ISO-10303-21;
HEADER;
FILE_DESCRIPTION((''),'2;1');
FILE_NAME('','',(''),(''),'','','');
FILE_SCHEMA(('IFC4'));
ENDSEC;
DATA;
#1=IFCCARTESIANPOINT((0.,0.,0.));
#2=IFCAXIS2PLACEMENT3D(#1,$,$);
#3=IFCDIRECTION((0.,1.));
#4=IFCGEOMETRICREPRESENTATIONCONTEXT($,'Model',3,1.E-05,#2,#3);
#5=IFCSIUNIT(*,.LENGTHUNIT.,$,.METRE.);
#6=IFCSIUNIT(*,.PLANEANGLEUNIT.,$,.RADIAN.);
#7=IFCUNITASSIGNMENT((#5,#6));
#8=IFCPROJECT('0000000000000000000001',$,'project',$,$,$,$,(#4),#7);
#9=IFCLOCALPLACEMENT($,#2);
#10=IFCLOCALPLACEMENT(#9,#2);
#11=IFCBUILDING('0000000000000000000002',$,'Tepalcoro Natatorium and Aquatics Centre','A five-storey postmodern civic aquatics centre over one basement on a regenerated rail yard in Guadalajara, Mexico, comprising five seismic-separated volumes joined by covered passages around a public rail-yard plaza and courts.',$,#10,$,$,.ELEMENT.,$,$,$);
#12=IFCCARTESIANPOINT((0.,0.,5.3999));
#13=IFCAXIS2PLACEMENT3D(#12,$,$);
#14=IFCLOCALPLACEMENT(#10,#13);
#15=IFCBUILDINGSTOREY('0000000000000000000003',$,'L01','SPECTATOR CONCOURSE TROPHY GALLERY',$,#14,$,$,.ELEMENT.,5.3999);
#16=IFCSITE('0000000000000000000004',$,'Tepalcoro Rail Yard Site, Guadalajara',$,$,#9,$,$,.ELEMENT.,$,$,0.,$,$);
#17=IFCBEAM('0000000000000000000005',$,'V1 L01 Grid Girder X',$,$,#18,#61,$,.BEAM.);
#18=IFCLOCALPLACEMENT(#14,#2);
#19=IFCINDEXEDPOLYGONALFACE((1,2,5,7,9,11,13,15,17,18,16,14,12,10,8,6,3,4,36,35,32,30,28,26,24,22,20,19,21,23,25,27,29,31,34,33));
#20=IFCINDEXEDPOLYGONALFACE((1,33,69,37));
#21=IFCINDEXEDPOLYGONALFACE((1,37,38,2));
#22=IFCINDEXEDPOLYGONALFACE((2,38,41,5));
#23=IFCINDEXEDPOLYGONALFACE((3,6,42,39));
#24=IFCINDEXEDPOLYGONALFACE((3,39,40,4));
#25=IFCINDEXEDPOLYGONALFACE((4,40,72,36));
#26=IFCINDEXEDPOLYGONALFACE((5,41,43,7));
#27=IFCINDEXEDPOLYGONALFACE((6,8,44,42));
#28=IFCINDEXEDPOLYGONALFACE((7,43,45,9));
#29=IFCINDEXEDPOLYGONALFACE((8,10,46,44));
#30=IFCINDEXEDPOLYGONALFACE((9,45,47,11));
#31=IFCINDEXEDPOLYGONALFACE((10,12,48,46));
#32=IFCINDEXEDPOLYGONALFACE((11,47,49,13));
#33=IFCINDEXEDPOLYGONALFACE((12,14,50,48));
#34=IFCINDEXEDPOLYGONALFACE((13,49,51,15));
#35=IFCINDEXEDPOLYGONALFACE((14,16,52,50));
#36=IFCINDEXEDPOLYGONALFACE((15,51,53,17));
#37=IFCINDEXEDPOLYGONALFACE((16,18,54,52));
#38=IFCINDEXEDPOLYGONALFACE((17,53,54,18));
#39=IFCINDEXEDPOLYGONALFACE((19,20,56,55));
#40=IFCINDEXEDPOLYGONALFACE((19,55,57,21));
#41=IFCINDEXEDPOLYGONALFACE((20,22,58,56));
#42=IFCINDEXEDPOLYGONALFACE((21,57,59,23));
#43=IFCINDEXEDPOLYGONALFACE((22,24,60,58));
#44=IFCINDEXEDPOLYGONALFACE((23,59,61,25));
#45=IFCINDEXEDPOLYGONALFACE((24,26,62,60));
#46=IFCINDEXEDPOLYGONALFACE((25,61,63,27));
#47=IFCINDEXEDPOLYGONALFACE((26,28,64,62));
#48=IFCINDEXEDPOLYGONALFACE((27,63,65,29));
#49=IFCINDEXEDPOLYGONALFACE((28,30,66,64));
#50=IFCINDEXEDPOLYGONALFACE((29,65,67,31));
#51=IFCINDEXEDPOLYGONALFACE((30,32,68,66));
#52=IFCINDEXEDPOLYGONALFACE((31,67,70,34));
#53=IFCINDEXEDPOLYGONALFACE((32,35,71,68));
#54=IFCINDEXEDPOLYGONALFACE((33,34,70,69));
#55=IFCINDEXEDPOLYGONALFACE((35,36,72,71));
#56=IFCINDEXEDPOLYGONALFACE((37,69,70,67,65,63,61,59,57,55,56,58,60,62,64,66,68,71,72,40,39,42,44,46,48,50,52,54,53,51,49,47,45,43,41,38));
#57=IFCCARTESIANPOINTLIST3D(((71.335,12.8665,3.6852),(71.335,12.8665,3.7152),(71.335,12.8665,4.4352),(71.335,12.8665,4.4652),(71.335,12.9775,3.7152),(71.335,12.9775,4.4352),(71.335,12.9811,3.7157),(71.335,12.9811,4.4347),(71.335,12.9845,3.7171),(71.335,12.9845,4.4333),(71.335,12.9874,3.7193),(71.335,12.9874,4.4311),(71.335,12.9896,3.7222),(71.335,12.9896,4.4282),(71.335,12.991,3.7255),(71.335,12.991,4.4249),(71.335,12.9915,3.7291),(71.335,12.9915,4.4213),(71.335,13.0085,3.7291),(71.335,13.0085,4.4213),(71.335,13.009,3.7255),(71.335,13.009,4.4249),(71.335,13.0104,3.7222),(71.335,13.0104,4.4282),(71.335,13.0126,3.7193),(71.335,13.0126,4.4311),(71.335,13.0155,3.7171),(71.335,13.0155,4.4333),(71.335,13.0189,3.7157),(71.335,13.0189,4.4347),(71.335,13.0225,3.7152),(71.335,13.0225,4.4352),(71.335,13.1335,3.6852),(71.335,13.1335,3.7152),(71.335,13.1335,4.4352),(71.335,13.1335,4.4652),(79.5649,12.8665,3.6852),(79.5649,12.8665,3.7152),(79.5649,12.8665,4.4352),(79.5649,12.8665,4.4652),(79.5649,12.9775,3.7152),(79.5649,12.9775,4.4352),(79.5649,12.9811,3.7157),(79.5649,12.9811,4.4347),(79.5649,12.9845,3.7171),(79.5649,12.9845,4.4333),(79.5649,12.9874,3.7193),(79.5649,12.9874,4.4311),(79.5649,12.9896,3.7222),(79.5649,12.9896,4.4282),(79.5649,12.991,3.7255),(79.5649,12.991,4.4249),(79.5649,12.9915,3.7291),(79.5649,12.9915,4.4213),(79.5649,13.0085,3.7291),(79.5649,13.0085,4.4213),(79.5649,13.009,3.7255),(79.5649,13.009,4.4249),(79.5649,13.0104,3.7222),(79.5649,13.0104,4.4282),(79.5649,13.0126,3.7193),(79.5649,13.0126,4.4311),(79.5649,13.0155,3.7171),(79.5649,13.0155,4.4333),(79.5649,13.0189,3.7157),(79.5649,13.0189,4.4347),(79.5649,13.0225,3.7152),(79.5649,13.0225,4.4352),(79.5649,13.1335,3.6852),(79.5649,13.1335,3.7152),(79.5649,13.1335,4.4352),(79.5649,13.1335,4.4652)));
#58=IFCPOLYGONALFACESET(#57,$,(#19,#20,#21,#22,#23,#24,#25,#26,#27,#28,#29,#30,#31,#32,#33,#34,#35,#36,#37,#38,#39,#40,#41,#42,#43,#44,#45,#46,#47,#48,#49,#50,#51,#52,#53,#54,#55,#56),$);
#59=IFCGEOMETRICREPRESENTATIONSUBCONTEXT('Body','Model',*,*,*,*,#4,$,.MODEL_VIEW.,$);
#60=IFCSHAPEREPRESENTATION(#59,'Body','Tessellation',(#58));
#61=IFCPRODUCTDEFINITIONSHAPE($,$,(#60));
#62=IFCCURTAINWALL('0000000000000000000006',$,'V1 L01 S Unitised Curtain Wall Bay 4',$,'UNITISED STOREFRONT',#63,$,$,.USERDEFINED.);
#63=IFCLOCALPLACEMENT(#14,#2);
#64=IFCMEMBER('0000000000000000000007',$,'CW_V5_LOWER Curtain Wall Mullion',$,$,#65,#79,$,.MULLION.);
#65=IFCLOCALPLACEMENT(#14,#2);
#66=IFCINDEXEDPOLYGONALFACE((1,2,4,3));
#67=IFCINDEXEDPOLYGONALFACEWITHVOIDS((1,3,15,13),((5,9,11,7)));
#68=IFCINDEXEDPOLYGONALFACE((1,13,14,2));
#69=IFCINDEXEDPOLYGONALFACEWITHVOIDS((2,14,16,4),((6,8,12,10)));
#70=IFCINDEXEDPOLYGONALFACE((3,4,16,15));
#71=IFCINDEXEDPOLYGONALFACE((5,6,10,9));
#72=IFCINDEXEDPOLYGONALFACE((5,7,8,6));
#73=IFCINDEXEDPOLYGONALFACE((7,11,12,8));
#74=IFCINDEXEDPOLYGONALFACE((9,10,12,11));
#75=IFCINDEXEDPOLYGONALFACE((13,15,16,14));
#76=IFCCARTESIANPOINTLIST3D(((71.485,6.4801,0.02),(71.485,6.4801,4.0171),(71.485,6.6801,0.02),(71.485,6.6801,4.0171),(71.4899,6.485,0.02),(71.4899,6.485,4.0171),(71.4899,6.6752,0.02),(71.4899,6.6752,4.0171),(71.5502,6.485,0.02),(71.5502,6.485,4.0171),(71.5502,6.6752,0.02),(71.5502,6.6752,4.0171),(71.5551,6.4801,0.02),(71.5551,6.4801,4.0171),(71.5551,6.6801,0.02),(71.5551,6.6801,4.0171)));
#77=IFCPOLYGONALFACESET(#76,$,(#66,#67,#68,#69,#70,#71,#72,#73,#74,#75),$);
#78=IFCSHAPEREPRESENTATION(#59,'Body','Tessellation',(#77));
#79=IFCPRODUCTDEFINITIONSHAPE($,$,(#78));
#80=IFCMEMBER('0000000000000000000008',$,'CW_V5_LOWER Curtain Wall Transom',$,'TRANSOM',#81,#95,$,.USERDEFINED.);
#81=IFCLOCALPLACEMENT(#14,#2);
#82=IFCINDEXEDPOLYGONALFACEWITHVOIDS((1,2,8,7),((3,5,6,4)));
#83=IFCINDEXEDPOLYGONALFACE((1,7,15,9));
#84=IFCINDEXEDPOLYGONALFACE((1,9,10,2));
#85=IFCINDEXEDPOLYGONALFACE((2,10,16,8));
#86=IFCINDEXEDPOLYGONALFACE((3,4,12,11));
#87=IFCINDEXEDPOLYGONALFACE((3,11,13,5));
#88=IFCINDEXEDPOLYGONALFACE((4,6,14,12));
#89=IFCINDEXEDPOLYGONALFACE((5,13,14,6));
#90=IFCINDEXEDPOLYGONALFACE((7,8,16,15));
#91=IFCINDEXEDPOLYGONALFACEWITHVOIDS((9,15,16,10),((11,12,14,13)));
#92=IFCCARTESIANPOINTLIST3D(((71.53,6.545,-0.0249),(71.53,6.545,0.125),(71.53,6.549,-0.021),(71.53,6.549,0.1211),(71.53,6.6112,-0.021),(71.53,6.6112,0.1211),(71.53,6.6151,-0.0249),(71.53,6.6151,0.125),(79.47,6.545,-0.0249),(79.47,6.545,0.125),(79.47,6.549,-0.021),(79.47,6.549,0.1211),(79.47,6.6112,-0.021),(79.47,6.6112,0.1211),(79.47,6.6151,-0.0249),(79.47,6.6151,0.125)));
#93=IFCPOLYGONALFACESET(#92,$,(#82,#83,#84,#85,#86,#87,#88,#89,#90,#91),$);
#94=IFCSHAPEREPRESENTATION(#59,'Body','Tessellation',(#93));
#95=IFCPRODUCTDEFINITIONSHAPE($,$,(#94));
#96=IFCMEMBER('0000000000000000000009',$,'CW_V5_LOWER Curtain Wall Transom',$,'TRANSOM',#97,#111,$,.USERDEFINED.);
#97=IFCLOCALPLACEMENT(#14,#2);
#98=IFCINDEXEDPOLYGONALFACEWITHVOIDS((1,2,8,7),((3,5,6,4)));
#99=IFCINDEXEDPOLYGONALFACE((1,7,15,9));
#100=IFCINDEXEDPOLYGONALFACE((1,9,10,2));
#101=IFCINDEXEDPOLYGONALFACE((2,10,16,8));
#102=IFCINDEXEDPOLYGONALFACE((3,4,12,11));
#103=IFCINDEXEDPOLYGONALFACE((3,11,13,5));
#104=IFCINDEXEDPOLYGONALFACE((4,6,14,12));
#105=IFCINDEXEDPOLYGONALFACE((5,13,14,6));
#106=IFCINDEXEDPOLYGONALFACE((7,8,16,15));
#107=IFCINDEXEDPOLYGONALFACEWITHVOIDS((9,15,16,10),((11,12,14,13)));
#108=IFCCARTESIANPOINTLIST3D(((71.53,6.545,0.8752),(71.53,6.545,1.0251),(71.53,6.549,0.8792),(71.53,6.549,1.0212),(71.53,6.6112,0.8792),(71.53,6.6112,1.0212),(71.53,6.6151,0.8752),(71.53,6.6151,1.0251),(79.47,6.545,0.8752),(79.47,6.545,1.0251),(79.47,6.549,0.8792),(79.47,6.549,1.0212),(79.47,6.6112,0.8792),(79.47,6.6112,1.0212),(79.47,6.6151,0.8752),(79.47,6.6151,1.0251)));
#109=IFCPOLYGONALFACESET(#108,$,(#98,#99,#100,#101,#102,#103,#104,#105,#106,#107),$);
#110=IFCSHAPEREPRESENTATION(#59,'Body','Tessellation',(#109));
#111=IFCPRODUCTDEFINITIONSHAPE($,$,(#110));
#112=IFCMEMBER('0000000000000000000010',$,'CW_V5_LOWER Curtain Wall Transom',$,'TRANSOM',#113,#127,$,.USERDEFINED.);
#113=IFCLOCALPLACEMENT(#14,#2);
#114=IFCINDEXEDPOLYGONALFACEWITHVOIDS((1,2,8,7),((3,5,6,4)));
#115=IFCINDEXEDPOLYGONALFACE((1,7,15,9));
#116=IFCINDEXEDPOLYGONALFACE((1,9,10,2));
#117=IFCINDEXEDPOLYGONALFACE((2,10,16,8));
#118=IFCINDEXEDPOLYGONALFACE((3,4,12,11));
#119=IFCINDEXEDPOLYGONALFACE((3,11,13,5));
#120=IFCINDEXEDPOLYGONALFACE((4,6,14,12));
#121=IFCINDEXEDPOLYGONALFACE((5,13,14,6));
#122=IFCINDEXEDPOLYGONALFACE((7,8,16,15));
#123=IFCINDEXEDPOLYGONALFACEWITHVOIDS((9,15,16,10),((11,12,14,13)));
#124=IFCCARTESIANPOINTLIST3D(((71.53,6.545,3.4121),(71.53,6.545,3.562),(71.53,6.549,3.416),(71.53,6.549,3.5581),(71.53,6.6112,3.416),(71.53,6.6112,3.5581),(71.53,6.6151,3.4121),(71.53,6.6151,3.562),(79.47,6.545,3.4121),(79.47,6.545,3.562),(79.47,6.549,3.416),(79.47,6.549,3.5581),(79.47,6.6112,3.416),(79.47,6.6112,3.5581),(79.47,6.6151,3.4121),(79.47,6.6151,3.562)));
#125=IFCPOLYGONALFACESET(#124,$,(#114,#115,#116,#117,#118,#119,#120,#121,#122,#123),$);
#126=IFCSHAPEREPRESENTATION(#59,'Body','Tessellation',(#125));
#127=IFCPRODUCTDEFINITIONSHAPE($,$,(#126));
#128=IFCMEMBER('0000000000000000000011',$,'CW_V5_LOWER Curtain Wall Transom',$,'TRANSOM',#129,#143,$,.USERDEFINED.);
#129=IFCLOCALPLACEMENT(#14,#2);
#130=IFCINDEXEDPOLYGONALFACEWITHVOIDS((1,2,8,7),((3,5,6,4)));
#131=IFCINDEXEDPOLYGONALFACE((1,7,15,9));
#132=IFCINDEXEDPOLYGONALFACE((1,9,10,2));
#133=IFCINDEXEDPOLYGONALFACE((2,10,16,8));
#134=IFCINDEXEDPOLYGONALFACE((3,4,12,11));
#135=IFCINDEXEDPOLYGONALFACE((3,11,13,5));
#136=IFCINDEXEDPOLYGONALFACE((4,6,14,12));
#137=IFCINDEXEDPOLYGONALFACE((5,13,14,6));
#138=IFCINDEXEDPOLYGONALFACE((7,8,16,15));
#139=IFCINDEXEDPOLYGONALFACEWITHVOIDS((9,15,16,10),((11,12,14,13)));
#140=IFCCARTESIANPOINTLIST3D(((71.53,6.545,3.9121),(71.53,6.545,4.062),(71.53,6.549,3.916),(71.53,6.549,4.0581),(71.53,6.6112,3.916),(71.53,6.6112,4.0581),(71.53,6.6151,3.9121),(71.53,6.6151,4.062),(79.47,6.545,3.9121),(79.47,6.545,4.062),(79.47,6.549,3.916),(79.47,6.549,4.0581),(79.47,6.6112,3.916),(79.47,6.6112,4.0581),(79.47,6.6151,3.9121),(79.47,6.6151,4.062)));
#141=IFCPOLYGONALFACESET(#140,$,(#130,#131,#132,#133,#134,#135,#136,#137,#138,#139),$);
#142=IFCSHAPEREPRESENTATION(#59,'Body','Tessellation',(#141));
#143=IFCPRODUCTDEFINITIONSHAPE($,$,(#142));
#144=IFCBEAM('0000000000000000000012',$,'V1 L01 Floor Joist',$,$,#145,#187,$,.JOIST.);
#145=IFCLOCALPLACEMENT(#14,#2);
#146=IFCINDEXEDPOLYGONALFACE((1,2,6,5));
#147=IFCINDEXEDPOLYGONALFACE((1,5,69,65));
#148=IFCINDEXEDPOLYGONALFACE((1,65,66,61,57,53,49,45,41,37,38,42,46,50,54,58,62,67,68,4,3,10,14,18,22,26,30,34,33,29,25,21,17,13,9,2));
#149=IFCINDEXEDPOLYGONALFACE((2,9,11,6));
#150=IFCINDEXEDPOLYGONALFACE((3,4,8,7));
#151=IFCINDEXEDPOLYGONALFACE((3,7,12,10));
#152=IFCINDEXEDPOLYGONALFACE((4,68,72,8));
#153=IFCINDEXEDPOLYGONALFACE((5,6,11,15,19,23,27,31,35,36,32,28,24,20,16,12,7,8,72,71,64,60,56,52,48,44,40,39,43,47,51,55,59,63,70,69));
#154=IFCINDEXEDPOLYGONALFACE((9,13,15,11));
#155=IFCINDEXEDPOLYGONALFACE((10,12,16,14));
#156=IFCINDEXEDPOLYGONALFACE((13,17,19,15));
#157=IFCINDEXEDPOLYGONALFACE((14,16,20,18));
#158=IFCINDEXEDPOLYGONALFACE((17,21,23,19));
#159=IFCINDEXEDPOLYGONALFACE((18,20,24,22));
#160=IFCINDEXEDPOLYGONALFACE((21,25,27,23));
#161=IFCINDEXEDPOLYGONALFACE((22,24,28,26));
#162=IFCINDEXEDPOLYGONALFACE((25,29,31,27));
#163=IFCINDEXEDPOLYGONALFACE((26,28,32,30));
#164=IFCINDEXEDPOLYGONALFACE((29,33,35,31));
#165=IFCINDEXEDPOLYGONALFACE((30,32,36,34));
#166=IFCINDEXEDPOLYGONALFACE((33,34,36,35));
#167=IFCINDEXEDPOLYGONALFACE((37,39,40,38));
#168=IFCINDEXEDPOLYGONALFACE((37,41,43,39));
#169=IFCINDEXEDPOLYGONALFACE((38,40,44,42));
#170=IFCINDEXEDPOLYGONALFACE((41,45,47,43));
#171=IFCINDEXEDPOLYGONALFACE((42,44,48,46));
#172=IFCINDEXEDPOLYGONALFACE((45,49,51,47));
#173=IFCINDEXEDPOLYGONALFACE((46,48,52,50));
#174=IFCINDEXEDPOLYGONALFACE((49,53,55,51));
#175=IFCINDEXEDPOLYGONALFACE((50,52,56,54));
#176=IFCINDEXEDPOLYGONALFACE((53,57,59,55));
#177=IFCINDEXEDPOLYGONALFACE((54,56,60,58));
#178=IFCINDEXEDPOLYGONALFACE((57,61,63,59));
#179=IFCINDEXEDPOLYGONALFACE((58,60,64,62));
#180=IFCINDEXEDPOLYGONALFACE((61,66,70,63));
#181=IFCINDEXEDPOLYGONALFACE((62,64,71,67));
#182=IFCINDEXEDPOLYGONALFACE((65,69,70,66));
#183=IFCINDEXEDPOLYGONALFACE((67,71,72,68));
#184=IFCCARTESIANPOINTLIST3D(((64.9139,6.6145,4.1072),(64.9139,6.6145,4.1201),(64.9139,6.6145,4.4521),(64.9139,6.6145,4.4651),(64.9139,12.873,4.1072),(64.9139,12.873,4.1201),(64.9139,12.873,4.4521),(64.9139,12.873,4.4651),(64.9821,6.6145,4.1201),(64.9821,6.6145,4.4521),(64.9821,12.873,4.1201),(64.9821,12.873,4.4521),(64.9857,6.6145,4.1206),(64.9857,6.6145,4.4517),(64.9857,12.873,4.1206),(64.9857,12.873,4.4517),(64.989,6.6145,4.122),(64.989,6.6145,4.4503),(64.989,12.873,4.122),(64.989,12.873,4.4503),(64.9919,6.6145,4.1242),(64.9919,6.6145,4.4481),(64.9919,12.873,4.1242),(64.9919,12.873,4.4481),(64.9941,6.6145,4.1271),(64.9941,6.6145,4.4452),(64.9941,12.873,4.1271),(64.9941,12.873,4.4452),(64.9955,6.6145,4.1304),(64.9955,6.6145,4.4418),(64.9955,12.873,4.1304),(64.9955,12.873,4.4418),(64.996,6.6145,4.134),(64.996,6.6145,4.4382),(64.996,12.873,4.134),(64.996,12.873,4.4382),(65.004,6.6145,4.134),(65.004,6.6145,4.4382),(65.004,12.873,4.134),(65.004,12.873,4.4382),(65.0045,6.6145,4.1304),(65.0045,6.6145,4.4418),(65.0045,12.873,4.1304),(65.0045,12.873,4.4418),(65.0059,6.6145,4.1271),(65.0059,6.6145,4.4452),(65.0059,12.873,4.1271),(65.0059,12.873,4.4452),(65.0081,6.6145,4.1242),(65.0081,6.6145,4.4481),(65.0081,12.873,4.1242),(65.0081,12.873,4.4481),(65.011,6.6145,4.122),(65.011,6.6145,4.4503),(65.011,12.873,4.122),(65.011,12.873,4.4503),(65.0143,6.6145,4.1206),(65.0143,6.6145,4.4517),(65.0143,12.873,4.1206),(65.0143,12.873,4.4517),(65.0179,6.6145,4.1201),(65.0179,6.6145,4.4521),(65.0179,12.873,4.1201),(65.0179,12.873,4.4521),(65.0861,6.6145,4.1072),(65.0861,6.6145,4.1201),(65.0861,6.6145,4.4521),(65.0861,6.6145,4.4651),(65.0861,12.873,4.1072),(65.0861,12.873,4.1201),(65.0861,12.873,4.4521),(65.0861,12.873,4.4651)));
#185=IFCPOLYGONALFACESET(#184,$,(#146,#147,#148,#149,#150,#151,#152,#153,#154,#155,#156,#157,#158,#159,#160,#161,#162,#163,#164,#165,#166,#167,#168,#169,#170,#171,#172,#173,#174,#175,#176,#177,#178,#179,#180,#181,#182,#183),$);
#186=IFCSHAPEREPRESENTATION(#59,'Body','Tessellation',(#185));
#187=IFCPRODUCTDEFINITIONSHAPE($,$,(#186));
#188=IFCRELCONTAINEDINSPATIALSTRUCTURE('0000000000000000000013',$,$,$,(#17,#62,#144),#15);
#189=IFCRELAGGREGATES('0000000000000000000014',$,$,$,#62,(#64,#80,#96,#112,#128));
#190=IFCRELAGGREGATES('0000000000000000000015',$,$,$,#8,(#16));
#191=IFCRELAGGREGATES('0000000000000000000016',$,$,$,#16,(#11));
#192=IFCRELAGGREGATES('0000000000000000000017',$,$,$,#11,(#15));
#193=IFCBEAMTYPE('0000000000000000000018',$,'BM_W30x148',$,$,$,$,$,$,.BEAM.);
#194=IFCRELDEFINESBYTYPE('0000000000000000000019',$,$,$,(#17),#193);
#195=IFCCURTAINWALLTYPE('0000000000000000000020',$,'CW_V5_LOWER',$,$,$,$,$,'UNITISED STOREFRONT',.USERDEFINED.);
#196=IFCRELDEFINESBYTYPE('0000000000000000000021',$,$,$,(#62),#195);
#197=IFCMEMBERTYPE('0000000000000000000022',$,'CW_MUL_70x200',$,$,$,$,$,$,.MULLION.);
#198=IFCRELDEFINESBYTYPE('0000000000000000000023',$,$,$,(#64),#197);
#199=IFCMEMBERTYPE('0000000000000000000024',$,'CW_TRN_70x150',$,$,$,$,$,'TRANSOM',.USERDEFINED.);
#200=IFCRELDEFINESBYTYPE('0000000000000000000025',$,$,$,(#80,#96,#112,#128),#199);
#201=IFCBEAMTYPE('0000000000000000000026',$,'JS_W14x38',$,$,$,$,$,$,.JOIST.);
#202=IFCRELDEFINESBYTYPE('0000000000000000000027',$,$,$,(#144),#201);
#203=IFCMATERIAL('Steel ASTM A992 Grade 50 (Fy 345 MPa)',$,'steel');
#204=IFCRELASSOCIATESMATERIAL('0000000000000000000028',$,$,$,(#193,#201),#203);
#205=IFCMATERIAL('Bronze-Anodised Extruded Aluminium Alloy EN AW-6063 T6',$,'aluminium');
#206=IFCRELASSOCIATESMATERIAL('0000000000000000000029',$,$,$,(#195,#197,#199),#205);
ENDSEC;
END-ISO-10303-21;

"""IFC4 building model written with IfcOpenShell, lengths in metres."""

from ifc_helpers import new_model, si_unit, direction, frame, origin, origin_2d, place, context, subcontext, project, spatial, hollow_rectangle, i_section, extrude, material, material_profile, profile_set, type_object, element, aggregate, save


model = new_model("IFC4")

# Units and contexts
model_context = context("Model", 3, precision=1e-05, world=origin(), true_north=direction((0.0, 1.0)))
body_context = subcontext(model_context, "Body", "Model", "MODEL_VIEW")
ifc_project = project(units=[si_unit("LENGTHUNIT", "METRE"), si_unit("PLANEANGLEUNIT", "RADIAN")], contexts=[model_context])

# Site, building, storey
site_placement = place(None, origin())
site = spatial("IfcSite", under=ifc_project, at=site_placement, Name="Tepalcoro Rail Yard Site, Guadalajara", CompositionType="ELEMENT", RefElevation=0.0)
building_placement = place(site_placement, origin())
building = spatial("IfcBuilding", under=site, at=building_placement, Name="Tepalcoro Natatorium and Aquatics Centre", Description="A five-storey postmodern civic aquatics centre over one basement on a regenerated rail yard in Guadalajara, Mexico, comprising five seismic-separated volumes joined by covered passages around a public rail-yard plaza and courts.", CompositionType="ELEMENT")
storey_placement = place(building_placement, frame((0.0, 0.0, 5.3999)))
storey = spatial("IfcBuildingStorey", under=building, at=storey_placement, Name="L01", Description="SPECTATOR CONCOURSE TROPHY GALLERY", CompositionType="ELEMENT", Elevation=5.3999)

# Beam
ifc_material_1 = material(Name="Steel ASTM A992 Grade 50 (Fy 345 MPa)", Category="steel")
ifc_material_profile_1 = material_profile(ifc_material_1, i_section(OverallWidth=0.2671, OverallDepth=0.78, WebThickness=0.0171, FlangeThickness=0.03, FilletRadius=0.0139, at=origin_2d()), Name="W30X148")
ifc_profile_set_1 = profile_set([ifc_material_profile_1], Name="Steel ASTM A992 Grade 50 (Fy 345 MPa)")
beam_type_1 = type_object("IfcBeamType", Name="BM_W30x148", PredefinedType="BEAM", material=ifc_profile_set_1)
beam_1_placement = place(storey_placement, frame((71.335, 13.0, 4.0752), z_axis=(1.0, 0.0, 0.0), x_axis=(0.0, 1.0, 0.0)))
element("IfcBeam", 1, at=beam_1_placement, inside=storey, type_object=beam_type_1, Name="V1 L01 Grid Girder X", PredefinedType="BEAM", context=body_context, shape_type="SweptSolid", body=[
    extrude(i_section(OverallWidth=0.2671, OverallDepth=0.78, WebThickness=0.0171, FlangeThickness=0.03, FilletRadius=0.0139, at=origin_2d()), origin(), (0.0, 0.0, 1.0), 8.23),
])

# Curtain wall, members
ifc_material_2 = material(Name="Bronze-Anodised Extruded Aluminium Alloy EN AW-6063 T6", Category="aluminium")
curtain_wall_type = type_object("IfcCurtainWallType", Name="CW_V5_LOWER", ElementType="UNITISED STOREFRONT", PredefinedType="USERDEFINED", material=ifc_material_2)
curtain_wall_placement = place(storey_placement, origin())
curtain_wall = element("IfcCurtainWall", 2, at=curtain_wall_placement, inside=storey, type_object=curtain_wall_type, Name="V1 L01 S Unitised Curtain Wall Bay 4", ObjectType="UNITISED STOREFRONT", PredefinedType="USERDEFINED")
ifc_material_profile_2 = material_profile(ifc_material_2, hollow_rectangle(XDim=0.0701, YDim=0.2, WallThickness=0.0049, at=origin_2d()), Name="AL70X200X5")
ifc_profile_set_2 = profile_set([ifc_material_profile_2], Name="Bronze-Anodised Extruded Aluminium Alloy EN AW-6063 T6")
member_type_1 = type_object("IfcMemberType", Name="CW_MUL_70x200", PredefinedType="MULLION", material=ifc_profile_set_2)
member_1_placement = place(storey_placement, frame((71.52, 6.5801, 0.02), z_axis=(0.0, 0.0, 1.0), x_axis=(1.0, 0.0, 0.0)))
member_1 = element("IfcMember", 3, at=member_1_placement, type_object=member_type_1, Name="CW_V5_LOWER Curtain Wall Mullion", PredefinedType="MULLION", context=body_context, shape_type="SweptSolid", body=[
    extrude(hollow_rectangle(XDim=0.0701, YDim=0.2, WallThickness=0.0049, at=origin_2d()), origin(), (0.0, 0.0, 1.0), 3.9971),
])
ifc_material_profile_3 = material_profile(ifc_material_2, hollow_rectangle(XDim=0.0701, YDim=0.1499, WallThickness=0.0039, at=origin_2d()), Name="AL70X150X4")
ifc_profile_set_3 = profile_set([ifc_material_profile_3], Name="Bronze-Anodised Extruded Aluminium Alloy EN AW-6063 T6")
member_type_2 = type_object("IfcMemberType", Name="CW_TRN_70x150", ElementType="TRANSOM", PredefinedType="USERDEFINED", material=ifc_profile_set_3)
member_2_placement = place(storey_placement, frame((71.53, 6.5801, 0.05), z_axis=(1.0, 0.0, 0.0), x_axis=(0.0, 1.0, 0.0)))
member_2 = element("IfcMember", 4, at=member_2_placement, type_object=member_type_2, Name="CW_V5_LOWER Curtain Wall Transom", ObjectType="TRANSOM", PredefinedType="USERDEFINED", context=body_context, shape_type="SweptSolid", body=[
    extrude(hollow_rectangle(XDim=0.0701, YDim=0.1499, WallThickness=0.0039, at=origin_2d()), origin(), (0.0, 0.0, 1.0), 7.9399),
])
member_3_placement = place(storey_placement, frame((71.53, 6.5801, 0.9502), z_axis=(1.0, 0.0, 0.0), x_axis=(0.0, 1.0, 0.0)))
member_3 = element("IfcMember", 5, at=member_3_placement, type_object=member_type_2, Name="CW_V5_LOWER Curtain Wall Transom", ObjectType="TRANSOM", PredefinedType="USERDEFINED", context=body_context, shape_type="SweptSolid", body=[
    extrude(hollow_rectangle(XDim=0.0701, YDim=0.1499, WallThickness=0.0039, at=origin_2d()), origin(), (0.0, 0.0, 1.0), 7.9399),
])
member_4_placement = place(storey_placement, frame((71.53, 6.5801, 3.4871), z_axis=(1.0, 0.0, 0.0), x_axis=(0.0, 1.0, 0.0)))
member_4 = element("IfcMember", 6, at=member_4_placement, type_object=member_type_2, Name="CW_V5_LOWER Curtain Wall Transom", ObjectType="TRANSOM", PredefinedType="USERDEFINED", context=body_context, shape_type="SweptSolid", body=[
    extrude(hollow_rectangle(XDim=0.0701, YDim=0.1499, WallThickness=0.0039, at=origin_2d()), origin(), (0.0, 0.0, 1.0), 7.9399),
])
member_5_placement = place(storey_placement, frame((71.53, 6.5801, 3.9871), z_axis=(1.0, 0.0, 0.0), x_axis=(0.0, 1.0, 0.0)))
member_5 = element("IfcMember", 7, at=member_5_placement, type_object=member_type_2, Name="CW_V5_LOWER Curtain Wall Transom", ObjectType="TRANSOM", PredefinedType="USERDEFINED", context=body_context, shape_type="SweptSolid", body=[
    extrude(hollow_rectangle(XDim=0.0701, YDim=0.1499, WallThickness=0.0039, at=origin_2d()), origin(), (0.0, 0.0, 1.0), 7.9399),
])
aggregate(curtain_wall, [member_1, member_2, member_3, member_4, member_5])

# Beam
ifc_material_profile_4 = material_profile(ifc_material_1, i_section(OverallWidth=0.1721, OverallDepth=0.3579, WebThickness=0.0081, FlangeThickness=0.0129, FilletRadius=0.0139, at=origin_2d()), Name="W14X38")
ifc_profile_set_4 = profile_set([ifc_material_profile_4], Name="Steel ASTM A992 Grade 50 (Fy 345 MPa)")
beam_type_2 = type_object("IfcBeamType", Name="JS_W14x38", PredefinedType="JOIST", material=ifc_profile_set_4)
beam_2_placement = place(storey_placement, frame((65.0, 6.6145, 4.2861), z_axis=(0.0, 1.0, 0.0), x_axis=(-1.0, 0.0, 0.0)))
element("IfcBeam", 8, at=beam_2_placement, inside=storey, type_object=beam_type_2, Name="V1 L01 Floor Joist", PredefinedType="JOIST", context=body_context, shape_type="SweptSolid", body=[
    extrude(i_section(OverallWidth=0.1721, OverallDepth=0.3579, WebThickness=0.0081, FlangeThickness=0.0129, FilletRadius=0.0139, at=origin_2d()), origin(), (0.0, 0.0, 1.0), 6.2585),
])

save(model, "model.ifc")
